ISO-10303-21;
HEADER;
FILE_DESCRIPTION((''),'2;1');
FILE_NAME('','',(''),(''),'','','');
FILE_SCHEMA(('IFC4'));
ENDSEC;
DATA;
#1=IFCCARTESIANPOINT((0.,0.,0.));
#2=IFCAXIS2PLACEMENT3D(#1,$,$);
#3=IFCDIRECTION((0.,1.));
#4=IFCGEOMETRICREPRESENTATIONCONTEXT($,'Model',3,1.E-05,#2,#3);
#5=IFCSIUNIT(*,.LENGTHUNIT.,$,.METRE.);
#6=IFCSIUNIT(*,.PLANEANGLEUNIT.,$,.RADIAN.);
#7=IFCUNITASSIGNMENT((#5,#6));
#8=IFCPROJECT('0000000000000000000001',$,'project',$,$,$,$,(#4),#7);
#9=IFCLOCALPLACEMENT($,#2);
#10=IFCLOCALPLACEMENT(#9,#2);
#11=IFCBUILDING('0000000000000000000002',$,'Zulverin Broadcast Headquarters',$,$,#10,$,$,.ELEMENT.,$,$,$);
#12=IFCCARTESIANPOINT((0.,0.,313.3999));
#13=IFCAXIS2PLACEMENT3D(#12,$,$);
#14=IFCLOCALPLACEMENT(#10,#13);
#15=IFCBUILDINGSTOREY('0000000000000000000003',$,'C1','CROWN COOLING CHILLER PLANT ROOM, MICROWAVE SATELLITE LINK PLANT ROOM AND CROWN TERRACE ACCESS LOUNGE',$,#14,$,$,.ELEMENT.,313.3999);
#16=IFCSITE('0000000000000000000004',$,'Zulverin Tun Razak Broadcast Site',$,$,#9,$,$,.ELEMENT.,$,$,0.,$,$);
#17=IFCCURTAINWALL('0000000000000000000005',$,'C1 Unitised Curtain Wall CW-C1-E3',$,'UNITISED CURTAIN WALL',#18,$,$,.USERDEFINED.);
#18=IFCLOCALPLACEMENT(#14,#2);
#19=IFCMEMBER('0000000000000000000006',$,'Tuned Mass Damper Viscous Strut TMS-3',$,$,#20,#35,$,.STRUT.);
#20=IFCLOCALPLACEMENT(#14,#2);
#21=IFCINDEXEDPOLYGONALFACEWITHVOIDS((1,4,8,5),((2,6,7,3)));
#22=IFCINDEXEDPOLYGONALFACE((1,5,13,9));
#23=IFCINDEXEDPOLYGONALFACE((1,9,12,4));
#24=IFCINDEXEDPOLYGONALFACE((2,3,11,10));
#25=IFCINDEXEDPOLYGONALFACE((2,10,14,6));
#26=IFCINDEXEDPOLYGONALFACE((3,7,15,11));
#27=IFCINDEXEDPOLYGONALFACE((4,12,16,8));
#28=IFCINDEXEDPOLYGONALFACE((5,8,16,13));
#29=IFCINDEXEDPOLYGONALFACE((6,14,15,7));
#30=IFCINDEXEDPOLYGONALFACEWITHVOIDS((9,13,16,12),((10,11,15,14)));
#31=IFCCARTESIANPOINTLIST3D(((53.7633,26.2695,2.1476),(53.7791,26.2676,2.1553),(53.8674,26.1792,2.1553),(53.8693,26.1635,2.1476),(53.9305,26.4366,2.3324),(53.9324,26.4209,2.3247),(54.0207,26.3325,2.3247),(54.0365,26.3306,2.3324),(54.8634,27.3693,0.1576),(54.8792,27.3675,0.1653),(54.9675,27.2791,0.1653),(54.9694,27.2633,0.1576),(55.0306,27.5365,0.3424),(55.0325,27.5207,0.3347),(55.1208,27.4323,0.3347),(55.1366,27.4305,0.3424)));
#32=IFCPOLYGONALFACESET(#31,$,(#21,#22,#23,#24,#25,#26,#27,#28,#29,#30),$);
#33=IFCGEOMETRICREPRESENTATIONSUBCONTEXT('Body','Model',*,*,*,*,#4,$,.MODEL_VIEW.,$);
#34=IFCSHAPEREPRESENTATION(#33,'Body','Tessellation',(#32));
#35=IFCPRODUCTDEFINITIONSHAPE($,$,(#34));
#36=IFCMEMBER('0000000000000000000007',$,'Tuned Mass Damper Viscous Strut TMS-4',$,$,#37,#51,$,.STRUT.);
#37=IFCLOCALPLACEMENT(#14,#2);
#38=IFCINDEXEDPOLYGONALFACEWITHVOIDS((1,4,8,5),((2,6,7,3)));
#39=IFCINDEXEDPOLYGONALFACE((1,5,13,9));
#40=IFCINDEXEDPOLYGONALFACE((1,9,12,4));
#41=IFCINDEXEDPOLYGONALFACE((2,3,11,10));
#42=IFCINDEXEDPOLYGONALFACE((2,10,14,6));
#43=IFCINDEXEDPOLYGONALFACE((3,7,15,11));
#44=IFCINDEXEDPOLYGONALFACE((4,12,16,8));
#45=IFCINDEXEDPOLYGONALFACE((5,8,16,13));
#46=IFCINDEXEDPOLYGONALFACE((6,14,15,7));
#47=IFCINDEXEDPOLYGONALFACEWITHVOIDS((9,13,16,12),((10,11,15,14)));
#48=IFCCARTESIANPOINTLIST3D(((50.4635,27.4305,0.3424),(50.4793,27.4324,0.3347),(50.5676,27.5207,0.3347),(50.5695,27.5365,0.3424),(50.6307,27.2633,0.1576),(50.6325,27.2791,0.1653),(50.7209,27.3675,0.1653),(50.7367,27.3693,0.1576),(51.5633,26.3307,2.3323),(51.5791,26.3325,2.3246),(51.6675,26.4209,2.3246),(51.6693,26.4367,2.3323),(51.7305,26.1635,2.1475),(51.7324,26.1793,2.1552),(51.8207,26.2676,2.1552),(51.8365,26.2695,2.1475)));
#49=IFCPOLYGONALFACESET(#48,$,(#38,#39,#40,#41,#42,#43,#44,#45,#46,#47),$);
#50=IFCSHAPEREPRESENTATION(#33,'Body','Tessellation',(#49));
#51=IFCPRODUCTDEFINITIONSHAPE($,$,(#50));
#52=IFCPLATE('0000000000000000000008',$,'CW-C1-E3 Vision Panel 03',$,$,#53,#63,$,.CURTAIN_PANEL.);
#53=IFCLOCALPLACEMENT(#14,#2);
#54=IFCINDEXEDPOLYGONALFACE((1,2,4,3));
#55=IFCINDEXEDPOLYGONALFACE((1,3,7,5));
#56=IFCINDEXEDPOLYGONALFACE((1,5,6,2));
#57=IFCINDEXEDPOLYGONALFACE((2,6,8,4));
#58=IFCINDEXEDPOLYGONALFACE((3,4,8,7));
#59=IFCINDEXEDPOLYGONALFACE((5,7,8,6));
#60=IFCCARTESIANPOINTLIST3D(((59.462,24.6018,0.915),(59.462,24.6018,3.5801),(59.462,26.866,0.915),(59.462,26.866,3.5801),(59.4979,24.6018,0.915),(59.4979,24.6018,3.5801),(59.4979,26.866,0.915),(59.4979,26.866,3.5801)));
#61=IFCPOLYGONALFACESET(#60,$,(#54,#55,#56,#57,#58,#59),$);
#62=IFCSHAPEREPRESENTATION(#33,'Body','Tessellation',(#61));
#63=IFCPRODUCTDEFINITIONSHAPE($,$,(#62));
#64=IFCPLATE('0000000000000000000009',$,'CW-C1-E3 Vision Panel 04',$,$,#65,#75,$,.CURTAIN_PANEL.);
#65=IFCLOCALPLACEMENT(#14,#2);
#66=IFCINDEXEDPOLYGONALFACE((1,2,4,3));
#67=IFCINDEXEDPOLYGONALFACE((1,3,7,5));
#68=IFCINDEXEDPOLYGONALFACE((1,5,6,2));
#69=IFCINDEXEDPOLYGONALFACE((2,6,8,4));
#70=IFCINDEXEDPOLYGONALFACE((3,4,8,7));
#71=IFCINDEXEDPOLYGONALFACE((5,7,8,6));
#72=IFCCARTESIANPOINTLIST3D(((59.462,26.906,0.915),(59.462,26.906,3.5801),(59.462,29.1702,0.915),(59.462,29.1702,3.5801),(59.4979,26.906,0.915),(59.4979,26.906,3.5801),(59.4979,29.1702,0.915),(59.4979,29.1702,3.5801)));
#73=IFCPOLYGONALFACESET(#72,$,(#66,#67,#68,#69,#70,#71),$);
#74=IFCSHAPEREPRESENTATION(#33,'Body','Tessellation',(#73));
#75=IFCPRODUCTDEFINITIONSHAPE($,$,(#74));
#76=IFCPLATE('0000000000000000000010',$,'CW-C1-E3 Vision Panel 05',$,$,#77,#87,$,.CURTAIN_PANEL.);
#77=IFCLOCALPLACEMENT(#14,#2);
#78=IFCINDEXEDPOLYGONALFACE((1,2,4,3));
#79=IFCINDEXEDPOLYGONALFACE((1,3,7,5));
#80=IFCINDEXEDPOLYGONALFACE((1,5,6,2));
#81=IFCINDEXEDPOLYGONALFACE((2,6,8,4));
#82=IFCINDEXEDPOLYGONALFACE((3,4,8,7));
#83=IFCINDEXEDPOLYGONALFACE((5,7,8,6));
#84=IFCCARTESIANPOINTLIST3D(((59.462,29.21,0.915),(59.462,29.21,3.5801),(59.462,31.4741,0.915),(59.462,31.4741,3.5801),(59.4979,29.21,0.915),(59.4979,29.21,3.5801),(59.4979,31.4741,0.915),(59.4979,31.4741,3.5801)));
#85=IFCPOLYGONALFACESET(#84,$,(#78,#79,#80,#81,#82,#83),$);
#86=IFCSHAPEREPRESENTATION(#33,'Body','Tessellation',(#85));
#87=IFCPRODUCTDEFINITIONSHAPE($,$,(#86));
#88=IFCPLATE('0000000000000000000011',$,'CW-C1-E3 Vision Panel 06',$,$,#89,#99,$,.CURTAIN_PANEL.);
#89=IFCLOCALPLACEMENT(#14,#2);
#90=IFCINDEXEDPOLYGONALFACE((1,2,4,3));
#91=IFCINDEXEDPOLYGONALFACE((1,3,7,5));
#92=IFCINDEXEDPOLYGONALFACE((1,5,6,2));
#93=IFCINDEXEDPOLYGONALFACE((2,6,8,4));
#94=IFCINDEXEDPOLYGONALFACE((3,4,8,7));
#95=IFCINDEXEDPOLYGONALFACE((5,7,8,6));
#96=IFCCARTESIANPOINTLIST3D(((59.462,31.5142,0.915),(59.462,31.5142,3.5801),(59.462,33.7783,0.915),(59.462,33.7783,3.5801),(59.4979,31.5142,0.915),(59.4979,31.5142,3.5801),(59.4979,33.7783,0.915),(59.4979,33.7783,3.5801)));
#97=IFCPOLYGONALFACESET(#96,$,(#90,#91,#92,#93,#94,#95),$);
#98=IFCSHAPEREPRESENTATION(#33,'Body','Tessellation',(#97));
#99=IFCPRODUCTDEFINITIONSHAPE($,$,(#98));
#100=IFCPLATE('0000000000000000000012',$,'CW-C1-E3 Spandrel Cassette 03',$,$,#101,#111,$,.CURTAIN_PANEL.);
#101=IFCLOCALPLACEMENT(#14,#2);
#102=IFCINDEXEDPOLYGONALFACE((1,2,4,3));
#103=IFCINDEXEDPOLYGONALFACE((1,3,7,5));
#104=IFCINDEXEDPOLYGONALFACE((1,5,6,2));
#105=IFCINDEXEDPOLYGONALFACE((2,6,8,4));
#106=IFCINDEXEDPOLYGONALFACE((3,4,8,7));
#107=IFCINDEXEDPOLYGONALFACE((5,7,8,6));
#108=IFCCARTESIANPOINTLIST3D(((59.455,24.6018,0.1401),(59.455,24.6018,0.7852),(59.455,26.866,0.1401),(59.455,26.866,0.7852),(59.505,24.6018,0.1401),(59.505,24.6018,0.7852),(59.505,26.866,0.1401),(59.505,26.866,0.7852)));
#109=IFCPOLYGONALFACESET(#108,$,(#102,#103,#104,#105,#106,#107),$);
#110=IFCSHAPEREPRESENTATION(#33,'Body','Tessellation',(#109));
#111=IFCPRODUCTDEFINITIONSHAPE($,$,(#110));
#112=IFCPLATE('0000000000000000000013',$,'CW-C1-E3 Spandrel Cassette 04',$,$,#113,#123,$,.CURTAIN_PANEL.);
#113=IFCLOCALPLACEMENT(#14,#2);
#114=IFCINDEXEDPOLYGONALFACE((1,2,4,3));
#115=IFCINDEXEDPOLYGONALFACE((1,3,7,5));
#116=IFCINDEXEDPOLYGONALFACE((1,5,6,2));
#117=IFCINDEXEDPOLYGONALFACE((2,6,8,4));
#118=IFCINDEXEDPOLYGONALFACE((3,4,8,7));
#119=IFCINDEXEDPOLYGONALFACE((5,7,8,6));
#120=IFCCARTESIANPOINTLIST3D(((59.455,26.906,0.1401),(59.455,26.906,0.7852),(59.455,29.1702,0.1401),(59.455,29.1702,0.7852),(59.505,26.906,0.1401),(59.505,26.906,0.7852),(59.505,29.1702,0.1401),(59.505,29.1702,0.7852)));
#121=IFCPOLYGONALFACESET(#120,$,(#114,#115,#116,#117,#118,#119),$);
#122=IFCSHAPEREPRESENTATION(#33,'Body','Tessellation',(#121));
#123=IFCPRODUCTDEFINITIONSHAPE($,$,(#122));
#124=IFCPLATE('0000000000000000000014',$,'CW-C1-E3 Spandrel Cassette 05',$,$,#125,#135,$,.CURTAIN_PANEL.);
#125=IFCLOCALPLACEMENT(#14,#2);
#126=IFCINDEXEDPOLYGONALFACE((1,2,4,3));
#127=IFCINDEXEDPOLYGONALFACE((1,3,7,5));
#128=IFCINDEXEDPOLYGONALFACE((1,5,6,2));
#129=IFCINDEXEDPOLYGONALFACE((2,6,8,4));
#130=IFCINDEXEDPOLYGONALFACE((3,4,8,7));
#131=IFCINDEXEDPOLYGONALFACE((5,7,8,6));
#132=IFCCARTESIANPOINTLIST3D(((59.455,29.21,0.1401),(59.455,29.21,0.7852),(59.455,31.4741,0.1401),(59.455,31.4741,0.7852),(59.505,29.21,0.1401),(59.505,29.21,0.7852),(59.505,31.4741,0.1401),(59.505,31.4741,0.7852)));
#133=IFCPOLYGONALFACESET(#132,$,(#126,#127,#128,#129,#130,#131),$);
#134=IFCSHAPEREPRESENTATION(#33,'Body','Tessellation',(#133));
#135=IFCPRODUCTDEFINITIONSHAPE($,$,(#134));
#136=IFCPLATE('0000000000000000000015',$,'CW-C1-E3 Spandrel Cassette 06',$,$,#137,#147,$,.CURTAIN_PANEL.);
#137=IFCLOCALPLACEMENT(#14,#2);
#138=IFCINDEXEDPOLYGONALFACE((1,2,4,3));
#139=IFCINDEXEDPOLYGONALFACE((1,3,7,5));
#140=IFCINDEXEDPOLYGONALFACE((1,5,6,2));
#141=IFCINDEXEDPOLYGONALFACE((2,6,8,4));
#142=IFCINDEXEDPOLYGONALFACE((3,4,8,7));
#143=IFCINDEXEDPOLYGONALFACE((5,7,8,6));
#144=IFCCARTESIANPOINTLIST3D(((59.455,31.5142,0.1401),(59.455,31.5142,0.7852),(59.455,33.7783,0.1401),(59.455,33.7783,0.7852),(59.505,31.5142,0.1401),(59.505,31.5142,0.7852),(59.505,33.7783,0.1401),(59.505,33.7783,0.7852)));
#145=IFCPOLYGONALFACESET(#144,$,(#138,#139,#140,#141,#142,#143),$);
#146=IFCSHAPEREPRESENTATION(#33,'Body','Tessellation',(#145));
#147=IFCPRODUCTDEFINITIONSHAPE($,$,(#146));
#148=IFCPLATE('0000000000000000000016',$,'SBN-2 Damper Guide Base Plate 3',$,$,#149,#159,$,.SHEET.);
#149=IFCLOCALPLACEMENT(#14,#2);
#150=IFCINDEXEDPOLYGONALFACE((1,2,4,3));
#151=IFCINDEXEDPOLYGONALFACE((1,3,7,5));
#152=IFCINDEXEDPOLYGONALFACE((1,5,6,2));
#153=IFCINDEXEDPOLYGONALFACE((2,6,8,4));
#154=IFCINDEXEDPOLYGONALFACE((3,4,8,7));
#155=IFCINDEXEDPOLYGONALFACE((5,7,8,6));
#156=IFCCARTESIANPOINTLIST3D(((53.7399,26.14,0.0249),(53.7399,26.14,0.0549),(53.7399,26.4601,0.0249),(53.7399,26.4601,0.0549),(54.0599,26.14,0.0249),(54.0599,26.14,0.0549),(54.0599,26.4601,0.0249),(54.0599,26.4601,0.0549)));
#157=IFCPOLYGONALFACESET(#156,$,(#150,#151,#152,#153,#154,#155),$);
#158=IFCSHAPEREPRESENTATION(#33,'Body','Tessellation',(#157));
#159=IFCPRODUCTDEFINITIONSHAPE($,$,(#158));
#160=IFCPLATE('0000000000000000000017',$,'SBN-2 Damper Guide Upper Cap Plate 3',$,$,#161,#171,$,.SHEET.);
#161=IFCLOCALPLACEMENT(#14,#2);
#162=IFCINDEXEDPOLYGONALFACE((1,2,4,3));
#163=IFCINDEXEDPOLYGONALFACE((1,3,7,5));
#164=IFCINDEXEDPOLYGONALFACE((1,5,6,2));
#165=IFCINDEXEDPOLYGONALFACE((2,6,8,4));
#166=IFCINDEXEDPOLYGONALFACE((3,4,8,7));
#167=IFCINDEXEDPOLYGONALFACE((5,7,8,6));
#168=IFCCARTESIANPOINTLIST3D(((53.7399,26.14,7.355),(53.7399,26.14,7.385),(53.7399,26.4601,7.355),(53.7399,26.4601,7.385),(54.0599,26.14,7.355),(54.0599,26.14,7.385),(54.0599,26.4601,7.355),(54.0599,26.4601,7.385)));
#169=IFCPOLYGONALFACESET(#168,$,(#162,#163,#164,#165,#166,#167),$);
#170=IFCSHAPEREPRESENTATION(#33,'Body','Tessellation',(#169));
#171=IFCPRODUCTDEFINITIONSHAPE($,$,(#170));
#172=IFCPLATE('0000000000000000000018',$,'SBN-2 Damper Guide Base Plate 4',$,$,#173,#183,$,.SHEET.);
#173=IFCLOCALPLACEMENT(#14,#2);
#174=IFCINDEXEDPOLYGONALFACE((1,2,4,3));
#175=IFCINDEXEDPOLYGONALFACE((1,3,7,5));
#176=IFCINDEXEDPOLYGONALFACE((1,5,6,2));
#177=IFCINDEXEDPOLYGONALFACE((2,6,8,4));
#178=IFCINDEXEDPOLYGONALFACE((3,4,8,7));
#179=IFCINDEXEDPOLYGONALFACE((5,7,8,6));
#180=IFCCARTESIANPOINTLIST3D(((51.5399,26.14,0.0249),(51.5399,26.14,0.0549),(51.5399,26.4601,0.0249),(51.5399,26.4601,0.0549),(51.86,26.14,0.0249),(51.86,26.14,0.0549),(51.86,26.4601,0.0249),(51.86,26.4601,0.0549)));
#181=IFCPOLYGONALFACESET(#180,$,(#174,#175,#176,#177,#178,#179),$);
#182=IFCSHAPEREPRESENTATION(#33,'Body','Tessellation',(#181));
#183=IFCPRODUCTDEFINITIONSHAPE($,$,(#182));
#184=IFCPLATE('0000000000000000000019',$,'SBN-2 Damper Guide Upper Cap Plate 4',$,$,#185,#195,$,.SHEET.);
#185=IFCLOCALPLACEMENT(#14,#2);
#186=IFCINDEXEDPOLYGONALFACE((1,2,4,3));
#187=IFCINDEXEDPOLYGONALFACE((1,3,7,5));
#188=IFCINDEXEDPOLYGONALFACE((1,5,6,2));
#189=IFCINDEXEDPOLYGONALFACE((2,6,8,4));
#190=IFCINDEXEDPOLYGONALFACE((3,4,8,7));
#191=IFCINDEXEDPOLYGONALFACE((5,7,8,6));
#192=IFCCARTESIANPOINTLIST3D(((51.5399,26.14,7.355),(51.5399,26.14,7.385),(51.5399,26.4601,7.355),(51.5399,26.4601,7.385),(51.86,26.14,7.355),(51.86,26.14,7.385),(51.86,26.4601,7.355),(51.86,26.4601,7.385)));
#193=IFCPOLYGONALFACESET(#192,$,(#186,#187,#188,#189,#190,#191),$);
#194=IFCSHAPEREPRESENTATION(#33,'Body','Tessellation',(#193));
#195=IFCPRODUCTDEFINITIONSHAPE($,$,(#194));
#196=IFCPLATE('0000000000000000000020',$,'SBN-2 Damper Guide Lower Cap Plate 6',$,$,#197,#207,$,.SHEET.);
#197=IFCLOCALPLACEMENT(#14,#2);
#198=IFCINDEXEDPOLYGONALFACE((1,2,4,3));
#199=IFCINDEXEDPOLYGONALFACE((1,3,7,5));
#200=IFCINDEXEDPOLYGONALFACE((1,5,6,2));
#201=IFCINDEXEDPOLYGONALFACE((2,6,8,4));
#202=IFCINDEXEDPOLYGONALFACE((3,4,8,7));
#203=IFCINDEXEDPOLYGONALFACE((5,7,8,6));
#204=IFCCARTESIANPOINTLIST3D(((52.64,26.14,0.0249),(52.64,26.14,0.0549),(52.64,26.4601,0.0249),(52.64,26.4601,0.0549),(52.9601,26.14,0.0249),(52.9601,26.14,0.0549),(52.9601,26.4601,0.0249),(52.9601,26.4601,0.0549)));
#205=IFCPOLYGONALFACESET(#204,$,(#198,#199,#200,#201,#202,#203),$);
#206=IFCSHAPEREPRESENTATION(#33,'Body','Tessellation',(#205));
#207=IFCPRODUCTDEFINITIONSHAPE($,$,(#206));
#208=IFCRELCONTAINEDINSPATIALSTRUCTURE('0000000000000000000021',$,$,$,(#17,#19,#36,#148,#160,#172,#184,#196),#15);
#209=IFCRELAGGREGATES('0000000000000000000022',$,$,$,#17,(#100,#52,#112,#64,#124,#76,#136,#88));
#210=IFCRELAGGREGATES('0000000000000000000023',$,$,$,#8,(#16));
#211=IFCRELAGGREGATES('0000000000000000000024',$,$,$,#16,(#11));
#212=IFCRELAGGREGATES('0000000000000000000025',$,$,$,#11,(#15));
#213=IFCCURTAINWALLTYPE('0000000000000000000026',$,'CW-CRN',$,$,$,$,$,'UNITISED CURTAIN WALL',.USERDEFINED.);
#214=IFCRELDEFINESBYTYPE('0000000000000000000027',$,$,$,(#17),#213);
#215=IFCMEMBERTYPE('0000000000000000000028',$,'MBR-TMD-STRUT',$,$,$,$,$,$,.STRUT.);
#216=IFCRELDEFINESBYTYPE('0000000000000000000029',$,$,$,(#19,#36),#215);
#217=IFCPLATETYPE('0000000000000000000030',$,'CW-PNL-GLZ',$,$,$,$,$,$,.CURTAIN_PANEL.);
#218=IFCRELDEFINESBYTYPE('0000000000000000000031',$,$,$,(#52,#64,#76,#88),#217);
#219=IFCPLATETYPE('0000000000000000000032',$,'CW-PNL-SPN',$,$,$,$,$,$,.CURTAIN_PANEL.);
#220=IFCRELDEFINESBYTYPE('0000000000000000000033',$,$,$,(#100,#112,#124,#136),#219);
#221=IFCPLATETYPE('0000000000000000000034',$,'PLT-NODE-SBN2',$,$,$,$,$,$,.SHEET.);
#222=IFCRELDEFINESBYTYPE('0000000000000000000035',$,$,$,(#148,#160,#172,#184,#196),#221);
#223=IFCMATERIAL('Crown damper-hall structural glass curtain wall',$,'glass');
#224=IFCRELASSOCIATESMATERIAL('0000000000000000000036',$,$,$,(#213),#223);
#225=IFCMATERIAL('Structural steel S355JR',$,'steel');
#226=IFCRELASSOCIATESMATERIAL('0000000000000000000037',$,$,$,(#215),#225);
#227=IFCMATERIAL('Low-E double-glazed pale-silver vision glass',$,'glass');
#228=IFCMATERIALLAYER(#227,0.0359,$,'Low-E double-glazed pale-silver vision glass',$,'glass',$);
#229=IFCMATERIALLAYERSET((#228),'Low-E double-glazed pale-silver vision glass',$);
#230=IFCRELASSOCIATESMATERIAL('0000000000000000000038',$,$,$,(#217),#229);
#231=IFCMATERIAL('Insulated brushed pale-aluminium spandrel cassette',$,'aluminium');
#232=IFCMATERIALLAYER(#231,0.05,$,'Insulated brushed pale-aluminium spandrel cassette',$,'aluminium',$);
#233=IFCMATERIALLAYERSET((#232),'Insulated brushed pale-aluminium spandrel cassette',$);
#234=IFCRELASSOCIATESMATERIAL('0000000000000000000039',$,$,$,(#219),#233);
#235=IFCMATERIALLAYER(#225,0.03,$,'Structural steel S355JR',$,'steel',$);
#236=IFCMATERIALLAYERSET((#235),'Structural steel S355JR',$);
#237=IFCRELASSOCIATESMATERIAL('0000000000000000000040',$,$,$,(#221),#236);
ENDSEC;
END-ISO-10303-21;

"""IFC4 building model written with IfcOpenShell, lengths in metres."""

from ifc_helpers import new_model, si_unit, direction, frame, origin, origin_2d, place, context, subcontext, project, spatial, rectangle, hollow_rectangle, extrude, material, layer, layer_set, material_profile, profile_set, type_object, element, aggregate, save


model = new_model("IFC4")

# Units and contexts
model_context = context("Model", 3, precision=1e-05, world=origin(), true_north=direction((0.0, 1.0)))
body_context = subcontext(model_context, "Body", "Model", "MODEL_VIEW")
ifc_project = project(units=[si_unit("LENGTHUNIT", "METRE"), si_unit("PLANEANGLEUNIT", "RADIAN")], contexts=[model_context])

# Site, building, storey
site_placement = place(None, origin())
site = spatial("IfcSite", under=ifc_project, at=site_placement, Name="Zulverin Tun Razak Broadcast Site", CompositionType="ELEMENT", RefElevation=0.0)
building_placement = place(site_placement, origin())
building = spatial("IfcBuilding", under=site, at=building_placement, Name="Zulverin Broadcast Headquarters", CompositionType="ELEMENT")
storey_placement = place(building_placement, frame((0.0, 0.0, 313.3999)))
storey = spatial("IfcBuildingStorey", under=building, at=storey_placement, Name="C1", Description="CROWN COOLING CHILLER PLANT ROOM, MICROWAVE SATELLITE LINK PLANT ROOM AND CROWN TERRACE ACCESS LOUNGE", CompositionType="ELEMENT", Elevation=313.3999)

# Shared definitions
ifc_material_1 = material(Name="Structural steel S355JR", Category="steel")

# Curtain wall
ifc_material_2 = material(Name="Crown damper-hall structural glass curtain wall", Category="glass")
curtain_wall_type = type_object("IfcCurtainWallType", Name="CW-CRN", ElementType="UNITISED CURTAIN WALL", PredefinedType="USERDEFINED", material=ifc_material_2)
curtain_wall_placement = place(storey_placement, origin())
curtain_wall = element("IfcCurtainWall", 1, at=curtain_wall_placement, inside=storey, type_object=curtain_wall_type, Name="C1 Unitised Curtain Wall CW-C1-E3", ObjectType="UNITISED CURTAIN WALL", PredefinedType="USERDEFINED")

# Members
ifc_material_profile_1 = material_profile(ifc_material_1, hollow_rectangle(XDim=0.1499, YDim=0.3, WallThickness=0.0125, at=origin_2d()), Name="Structural steel S355JR", Category="steel")
ifc_profile_set_1 = profile_set([ifc_material_profile_1], Name="Structural steel S355JR")
member_type_1 = type_object("IfcMemberType", Name="MBR-TMD-STRUT", PredefinedType="STRUT", material=ifc_profile_set_1)
member_1_placement = place(storey_placement, frame((55.0, 27.3999, 0.25), z_axis=(-0.435534, -0.435438, 0.787848), x_axis=(0.707028, -0.707185, 0.0)))
element("IfcMember", 2, at=member_1_placement, inside=storey, type_object=member_type_1, Name="Tuned Mass Damper Viscous Strut TMS-3", PredefinedType="STRUT", context=body_context, shape_type="SweptSolid", body=[
    extrude(hollow_rectangle(XDim=0.1499, YDim=0.3, WallThickness=0.0125, at=origin_2d()), origin(), (0.0, 0.0, 1.0), 2.5259),
])
member_2_placement = place(storey_placement, frame((50.6001, 27.3999, 0.25), z_axis=(0.435456, -0.435456, 0.787881), x_axis=(0.707107, 0.707107, 0.0)))
element("IfcMember", 3, at=member_2_placement, inside=storey, type_object=member_type_1, Name="Tuned Mass Damper Viscous Strut TMS-4", PredefinedType="STRUT", context=body_context, shape_type="SweptSolid", body=[
    extrude(hollow_rectangle(XDim=0.1499, YDim=0.3, WallThickness=0.0125, at=origin_2d()), origin(), (0.0, 0.0, 1.0), 2.5256),
])

# Plates
ifc_material_3 = material(Name="Low-E double-glazed pale-silver vision glass", Category="glass")
ifc_layer_1 = layer(ifc_material_3, 0.0359, Name="Low-E double-glazed pale-silver vision glass", Category="glass")
ifc_layer_set_1 = layer_set([ifc_layer_1], Name="Low-E double-glazed pale-silver vision glass")
plate_type_1 = type_object("IfcPlateType", Name="CW-PNL-GLZ", PredefinedType="CURTAIN_PANEL", material=ifc_layer_set_1)
plate_1_placement = place(storey_placement, frame((59.48, 25.7339, 0.915), z_axis=(0.0, 0.0, 1.0), x_axis=(0.0, 1.0, 0.0)))
plate_1 = element("IfcPlate", 4, at=plate_1_placement, type_object=plate_type_1, Name="CW-C1-E3 Vision Panel 03", PredefinedType="CURTAIN_PANEL", context=body_context, shape_type="SweptSolid", body=[
    extrude(rectangle(XDim=2.2642, YDim=0.0359, at=origin_2d()), origin(), (0.0, 0.0, 1.0), 2.665),
])
plate_2_placement = place(storey_placement, frame((59.48, 28.0381, 0.915), z_axis=(0.0, 0.0, 1.0), x_axis=(0.0, 1.0, 0.0)))
plate_2 = element("IfcPlate", 5, at=plate_2_placement, type_object=plate_type_1, Name="CW-C1-E3 Vision Panel 04", PredefinedType="CURTAIN_PANEL", context=body_context, shape_type="SweptSolid", body=[
    extrude(rectangle(XDim=2.2642, YDim=0.0359, at=origin_2d()), origin(), (0.0, 0.0, 1.0), 2.665),
])
plate_3_placement = place(storey_placement, frame((59.48, 30.342, 0.915), z_axis=(0.0, 0.0, 1.0), x_axis=(0.0, 1.0, 0.0)))
plate_3 = element("IfcPlate", 6, at=plate_3_placement, type_object=plate_type_1, Name="CW-C1-E3 Vision Panel 05", PredefinedType="CURTAIN_PANEL", context=body_context, shape_type="SweptSolid", body=[
    extrude(rectangle(XDim=2.2642, YDim=0.0359, at=origin_2d()), origin(), (0.0, 0.0, 1.0), 2.665),
])
plate_4_placement = place(storey_placement, frame((59.48, 32.6462, 0.915), z_axis=(0.0, 0.0, 1.0), x_axis=(0.0, 1.0, 0.0)))
plate_4 = element("IfcPlate", 7, at=plate_4_placement, type_object=plate_type_1, Name="CW-C1-E3 Vision Panel 06", PredefinedType="CURTAIN_PANEL", context=body_context, shape_type="SweptSolid", body=[
    extrude(rectangle(XDim=2.2642, YDim=0.0359, at=origin_2d()), origin(), (0.0, 0.0, 1.0), 2.665),
])
ifc_material_4 = material(Name="Insulated brushed pale-aluminium spandrel cassette", Category="aluminium")
ifc_layer_2 = layer(ifc_material_4, 0.05, Name="Insulated brushed pale-aluminium spandrel cassette", Category="aluminium")
ifc_layer_set_2 = layer_set([ifc_layer_2], Name="Insulated brushed pale-aluminium spandrel cassette")
plate_type_2 = type_object("IfcPlateType", Name="CW-PNL-SPN", PredefinedType="CURTAIN_PANEL", material=ifc_layer_set_2)
plate_5_placement = place(storey_placement, frame((59.48, 25.7339, 0.1401), z_axis=(0.0, 0.0, 1.0), x_axis=(0.0, 1.0, 0.0)))
plate_5 = element("IfcPlate", 8, at=plate_5_placement, type_object=plate_type_2, Name="CW-C1-E3 Spandrel Cassette 03", PredefinedType="CURTAIN_PANEL", context=body_context, shape_type="SweptSolid", body=[
    extrude(rectangle(XDim=2.2642, YDim=0.05, at=origin_2d()), origin(), (0.0, 0.0, 1.0), 0.645),
])
plate_6_placement = place(storey_placement, frame((59.48, 28.0381, 0.1401), z_axis=(0.0, 0.0, 1.0), x_axis=(0.0, 1.0, 0.0)))
plate_6 = element("IfcPlate", 9, at=plate_6_placement, type_object=plate_type_2, Name="CW-C1-E3 Spandrel Cassette 04", PredefinedType="CURTAIN_PANEL", context=body_context, shape_type="SweptSolid", body=[
    extrude(rectangle(XDim=2.2642, YDim=0.05, at=origin_2d()), origin(), (0.0, 0.0, 1.0), 0.645),
])
plate_7_placement = place(storey_placement, frame((59.48, 30.342, 0.1401), z_axis=(0.0, 0.0, 1.0), x_axis=(0.0, 1.0, 0.0)))
plate_7 = element("IfcPlate", 10, at=plate_7_placement, type_object=plate_type_2, Name="CW-C1-E3 Spandrel Cassette 05", PredefinedType="CURTAIN_PANEL", context=body_context, shape_type="SweptSolid", body=[
    extrude(rectangle(XDim=2.2642, YDim=0.05, at=origin_2d()), origin(), (0.0, 0.0, 1.0), 0.645),
])
plate_8_placement = place(storey_placement, frame((59.48, 32.6462, 0.1401), z_axis=(0.0, 0.0, 1.0), x_axis=(0.0, 1.0, 0.0)))
plate_8 = element("IfcPlate", 11, at=plate_8_placement, type_object=plate_type_2, Name="CW-C1-E3 Spandrel Cassette 06", PredefinedType="CURTAIN_PANEL", context=body_context, shape_type="SweptSolid", body=[
    extrude(rectangle(XDim=2.2642, YDim=0.05, at=origin_2d()), origin(), (0.0, 0.0, 1.0), 0.645),
])
aggregate(curtain_wall, [plate_5, plate_1, plate_6, plate_2, plate_7, plate_3, plate_8, plate_4])

# Plates
ifc_layer_3 = layer(ifc_material_1, 0.03, Name="Structural steel S355JR", Category="steel")
ifc_layer_set_3 = layer_set([ifc_layer_3], Name="Structural steel S355JR")
plate_type_3 = type_object("IfcPlateType", Name="PLT-NODE-SBN2", PredefinedType="SHEET", material=ifc_layer_set_3)
for number, where, z_axis, x_axis, name in (
    (12, (53.8999, 26.3, 0.0249), (0.0, 0.0, 1.0), (1.0, 0.0, 0.0), "SBN-2 Damper Guide Base Plate 3"),
    (13, (53.8999, 26.3, 7.355), (0.0, 0.0, 1.0), (1.0, 0.0, 0.0), "SBN-2 Damper Guide Upper Cap Plate 3"),
    (14, (51.7, 26.3, 0.0249), (0.0, 0.0, 1.0), (1.0, 0.0, 0.0), "SBN-2 Damper Guide Base Plate 4"),
    (15, (51.7, 26.3, 7.355), (0.0, 0.0, 1.0), (1.0, 0.0, 0.0), "SBN-2 Damper Guide Upper Cap Plate 4"),
    (16, (52.8, 26.3, 0.0249), (0.0, 0.0, 1.0), (1.0, 0.0, 0.0), "SBN-2 Damper Guide Lower Cap Plate 6"),
):
    element("IfcPlate", number, at=place(storey_placement, frame(where, z_axis=z_axis, x_axis=x_axis)), inside=storey, type_object=plate_type_3, Name=name, PredefinedType="SHEET", context=body_context, shape_type="SweptSolid", body=[
        extrude(rectangle(XDim=0.3201, YDim=0.3201, at=origin_2d()), origin(), (0.0, 0.0, 1.0), 0.03),
    ])

save(model, "model.ifc")
